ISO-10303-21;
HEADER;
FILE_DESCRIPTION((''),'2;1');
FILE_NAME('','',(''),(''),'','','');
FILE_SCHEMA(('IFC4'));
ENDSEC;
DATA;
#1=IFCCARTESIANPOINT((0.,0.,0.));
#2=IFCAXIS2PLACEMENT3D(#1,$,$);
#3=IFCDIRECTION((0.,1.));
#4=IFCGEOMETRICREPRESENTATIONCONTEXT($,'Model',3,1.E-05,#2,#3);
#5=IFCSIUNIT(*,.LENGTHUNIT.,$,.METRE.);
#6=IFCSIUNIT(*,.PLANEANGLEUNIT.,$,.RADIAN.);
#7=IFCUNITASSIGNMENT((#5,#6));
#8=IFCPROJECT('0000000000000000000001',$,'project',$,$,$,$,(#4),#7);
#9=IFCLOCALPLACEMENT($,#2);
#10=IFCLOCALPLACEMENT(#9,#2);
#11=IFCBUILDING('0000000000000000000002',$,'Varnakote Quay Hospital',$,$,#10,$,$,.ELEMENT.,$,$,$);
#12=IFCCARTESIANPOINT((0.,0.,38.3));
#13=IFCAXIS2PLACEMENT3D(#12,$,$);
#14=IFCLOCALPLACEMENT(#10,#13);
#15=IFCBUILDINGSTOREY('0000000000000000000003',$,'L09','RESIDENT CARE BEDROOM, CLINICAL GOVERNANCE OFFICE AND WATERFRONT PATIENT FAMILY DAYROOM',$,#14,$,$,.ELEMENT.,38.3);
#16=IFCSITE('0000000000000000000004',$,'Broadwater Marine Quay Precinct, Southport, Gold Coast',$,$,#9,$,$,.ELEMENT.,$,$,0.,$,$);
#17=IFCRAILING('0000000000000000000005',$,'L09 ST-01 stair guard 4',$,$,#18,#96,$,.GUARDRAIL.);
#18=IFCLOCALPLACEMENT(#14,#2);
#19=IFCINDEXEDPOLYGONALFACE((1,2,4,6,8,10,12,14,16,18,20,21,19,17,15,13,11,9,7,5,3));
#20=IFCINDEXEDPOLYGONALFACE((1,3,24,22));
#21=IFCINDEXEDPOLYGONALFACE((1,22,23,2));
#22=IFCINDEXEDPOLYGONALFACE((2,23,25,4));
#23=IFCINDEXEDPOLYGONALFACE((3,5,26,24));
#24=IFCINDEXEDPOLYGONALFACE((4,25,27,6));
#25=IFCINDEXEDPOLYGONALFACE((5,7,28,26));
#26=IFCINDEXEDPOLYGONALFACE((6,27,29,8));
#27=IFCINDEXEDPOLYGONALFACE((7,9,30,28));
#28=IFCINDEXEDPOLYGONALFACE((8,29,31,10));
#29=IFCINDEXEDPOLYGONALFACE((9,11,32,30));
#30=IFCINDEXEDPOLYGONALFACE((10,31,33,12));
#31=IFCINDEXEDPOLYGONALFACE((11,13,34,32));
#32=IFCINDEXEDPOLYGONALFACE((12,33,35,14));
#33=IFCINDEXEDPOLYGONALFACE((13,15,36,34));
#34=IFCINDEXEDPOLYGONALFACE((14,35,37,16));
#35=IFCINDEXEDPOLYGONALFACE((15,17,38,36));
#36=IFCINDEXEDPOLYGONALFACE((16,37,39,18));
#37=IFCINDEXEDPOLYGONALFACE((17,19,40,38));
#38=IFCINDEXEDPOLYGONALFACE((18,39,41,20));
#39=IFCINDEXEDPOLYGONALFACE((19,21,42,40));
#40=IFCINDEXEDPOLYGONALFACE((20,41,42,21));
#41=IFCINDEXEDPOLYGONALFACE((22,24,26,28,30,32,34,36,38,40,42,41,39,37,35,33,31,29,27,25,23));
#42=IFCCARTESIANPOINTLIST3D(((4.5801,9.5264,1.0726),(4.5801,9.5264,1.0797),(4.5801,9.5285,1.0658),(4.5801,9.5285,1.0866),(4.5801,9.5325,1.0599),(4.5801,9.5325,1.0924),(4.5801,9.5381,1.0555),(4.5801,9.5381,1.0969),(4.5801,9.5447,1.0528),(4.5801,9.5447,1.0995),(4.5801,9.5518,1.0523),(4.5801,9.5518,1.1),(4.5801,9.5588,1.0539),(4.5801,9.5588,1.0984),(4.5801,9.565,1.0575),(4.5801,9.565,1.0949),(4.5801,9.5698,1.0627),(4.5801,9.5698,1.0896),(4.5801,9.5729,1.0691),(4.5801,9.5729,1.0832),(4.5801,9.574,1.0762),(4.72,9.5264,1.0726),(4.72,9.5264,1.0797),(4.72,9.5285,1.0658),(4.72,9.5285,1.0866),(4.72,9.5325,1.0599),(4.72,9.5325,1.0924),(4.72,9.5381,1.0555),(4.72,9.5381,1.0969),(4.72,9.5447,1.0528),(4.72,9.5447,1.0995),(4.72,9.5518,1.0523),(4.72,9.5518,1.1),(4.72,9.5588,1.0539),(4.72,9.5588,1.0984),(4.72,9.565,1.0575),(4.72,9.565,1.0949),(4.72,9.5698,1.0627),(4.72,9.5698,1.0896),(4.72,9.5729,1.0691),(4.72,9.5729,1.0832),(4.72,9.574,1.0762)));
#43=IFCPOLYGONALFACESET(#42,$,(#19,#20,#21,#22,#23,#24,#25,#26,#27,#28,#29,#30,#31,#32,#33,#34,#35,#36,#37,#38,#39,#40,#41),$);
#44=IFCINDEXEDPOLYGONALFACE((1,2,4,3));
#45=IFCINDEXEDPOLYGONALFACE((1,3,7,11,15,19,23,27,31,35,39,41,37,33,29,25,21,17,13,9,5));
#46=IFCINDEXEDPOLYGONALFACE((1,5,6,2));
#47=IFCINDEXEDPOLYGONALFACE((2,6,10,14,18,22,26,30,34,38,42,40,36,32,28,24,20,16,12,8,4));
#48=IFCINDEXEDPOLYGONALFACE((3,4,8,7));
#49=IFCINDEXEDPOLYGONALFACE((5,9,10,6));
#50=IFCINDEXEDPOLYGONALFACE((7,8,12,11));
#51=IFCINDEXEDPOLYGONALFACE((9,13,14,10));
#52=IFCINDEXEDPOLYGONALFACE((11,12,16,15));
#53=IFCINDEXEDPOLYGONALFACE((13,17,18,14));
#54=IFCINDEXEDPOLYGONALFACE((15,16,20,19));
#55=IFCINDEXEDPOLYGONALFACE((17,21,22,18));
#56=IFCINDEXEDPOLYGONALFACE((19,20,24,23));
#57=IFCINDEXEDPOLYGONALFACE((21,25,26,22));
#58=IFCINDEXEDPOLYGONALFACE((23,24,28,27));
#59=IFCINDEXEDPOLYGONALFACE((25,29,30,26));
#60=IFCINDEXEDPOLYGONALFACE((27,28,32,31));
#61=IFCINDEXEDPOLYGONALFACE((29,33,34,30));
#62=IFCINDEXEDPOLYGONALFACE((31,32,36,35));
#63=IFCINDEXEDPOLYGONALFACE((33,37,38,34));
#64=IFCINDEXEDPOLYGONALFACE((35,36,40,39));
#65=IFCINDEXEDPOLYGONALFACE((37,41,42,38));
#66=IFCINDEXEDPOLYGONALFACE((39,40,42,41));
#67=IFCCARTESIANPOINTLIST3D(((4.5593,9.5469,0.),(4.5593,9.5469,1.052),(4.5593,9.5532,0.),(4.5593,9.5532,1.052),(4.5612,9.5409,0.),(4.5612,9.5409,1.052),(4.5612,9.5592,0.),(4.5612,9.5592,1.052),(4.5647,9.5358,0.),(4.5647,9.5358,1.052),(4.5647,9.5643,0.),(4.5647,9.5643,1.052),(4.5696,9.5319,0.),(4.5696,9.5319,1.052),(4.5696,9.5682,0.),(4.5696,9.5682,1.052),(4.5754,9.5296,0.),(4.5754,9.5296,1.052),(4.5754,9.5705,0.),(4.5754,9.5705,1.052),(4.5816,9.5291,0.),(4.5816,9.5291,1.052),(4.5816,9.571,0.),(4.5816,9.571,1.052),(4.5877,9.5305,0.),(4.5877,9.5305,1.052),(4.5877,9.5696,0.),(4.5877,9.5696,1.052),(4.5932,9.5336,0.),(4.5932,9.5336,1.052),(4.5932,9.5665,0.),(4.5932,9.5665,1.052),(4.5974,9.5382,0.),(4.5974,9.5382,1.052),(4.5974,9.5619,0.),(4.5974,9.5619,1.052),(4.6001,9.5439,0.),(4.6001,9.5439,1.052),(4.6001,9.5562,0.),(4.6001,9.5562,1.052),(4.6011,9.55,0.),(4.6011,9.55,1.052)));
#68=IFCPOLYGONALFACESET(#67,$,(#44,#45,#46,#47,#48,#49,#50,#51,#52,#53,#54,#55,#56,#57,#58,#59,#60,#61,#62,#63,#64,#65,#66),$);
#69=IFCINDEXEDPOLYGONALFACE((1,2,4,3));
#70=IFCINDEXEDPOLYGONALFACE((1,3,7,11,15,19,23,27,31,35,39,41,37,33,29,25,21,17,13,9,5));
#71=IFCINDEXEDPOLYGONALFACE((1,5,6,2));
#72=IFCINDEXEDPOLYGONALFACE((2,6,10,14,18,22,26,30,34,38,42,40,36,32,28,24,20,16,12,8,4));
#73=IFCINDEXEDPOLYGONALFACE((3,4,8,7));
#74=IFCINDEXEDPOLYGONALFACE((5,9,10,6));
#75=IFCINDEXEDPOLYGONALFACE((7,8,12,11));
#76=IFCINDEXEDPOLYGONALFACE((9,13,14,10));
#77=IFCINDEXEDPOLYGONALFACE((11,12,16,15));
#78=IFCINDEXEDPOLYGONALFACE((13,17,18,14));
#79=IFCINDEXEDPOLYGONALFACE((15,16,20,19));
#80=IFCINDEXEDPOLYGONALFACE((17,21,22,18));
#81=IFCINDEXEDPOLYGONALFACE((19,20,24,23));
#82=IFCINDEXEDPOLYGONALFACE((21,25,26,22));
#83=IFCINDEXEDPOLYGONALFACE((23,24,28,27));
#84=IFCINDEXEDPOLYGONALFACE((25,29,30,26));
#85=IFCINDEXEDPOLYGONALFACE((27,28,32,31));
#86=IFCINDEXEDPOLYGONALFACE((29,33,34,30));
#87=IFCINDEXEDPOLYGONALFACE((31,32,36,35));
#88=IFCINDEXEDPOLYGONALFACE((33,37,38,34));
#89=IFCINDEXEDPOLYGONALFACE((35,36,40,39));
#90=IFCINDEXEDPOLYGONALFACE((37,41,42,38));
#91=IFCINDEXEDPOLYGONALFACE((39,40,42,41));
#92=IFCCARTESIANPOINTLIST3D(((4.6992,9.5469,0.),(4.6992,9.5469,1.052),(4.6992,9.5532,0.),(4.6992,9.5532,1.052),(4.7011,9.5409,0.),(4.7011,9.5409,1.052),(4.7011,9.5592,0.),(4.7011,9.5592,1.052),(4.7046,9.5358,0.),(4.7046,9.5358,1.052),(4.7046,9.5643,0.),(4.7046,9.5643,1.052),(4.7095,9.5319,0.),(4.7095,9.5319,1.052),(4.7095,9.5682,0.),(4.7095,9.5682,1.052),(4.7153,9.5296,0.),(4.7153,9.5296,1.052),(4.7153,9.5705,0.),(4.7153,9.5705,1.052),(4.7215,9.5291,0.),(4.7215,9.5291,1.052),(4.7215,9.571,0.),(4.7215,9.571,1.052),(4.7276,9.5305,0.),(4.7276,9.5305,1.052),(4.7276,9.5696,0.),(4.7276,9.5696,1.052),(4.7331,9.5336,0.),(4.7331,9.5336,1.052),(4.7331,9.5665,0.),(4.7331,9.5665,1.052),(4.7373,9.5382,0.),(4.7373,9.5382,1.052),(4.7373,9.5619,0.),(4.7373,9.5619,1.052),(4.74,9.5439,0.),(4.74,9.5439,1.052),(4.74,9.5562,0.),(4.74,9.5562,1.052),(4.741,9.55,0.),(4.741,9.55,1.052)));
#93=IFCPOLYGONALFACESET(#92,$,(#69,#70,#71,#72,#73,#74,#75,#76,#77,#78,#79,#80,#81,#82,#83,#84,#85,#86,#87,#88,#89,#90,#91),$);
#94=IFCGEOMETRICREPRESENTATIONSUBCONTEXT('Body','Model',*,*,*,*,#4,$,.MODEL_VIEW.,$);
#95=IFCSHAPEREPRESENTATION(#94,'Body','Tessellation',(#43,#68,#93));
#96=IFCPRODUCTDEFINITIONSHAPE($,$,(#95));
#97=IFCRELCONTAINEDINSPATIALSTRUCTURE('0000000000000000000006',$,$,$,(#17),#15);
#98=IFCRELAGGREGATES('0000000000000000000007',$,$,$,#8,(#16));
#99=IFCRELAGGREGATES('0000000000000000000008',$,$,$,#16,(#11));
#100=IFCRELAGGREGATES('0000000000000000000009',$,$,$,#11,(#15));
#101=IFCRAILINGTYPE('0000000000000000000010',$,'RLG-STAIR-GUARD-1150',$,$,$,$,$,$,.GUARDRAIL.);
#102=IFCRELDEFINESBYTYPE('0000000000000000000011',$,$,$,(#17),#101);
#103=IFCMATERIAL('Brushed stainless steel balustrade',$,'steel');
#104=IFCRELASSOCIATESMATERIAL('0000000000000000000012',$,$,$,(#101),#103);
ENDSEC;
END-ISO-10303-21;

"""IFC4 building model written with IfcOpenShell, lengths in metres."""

from ifc_helpers import new_model, si_unit, direction, frame, origin, origin_2d, place, context, subcontext, project, spatial, circle, extrude, material, type_object, element, save


model = new_model("IFC4")

# Units and contexts
model_context = context("Model", 3, precision=1e-05, world=origin(), true_north=direction((0.0, 1.0)))
body_context = subcontext(model_context, "Body", "Model", "MODEL_VIEW")
ifc_project = project(units=[si_unit("LENGTHUNIT", "METRE"), si_unit("PLANEANGLEUNIT", "RADIAN")], contexts=[model_context])

# Site, building, storey
site_placement = place(None, origin())
site = spatial("IfcSite", under=ifc_project, at=site_placement, Name="Broadwater Marine Quay Precinct, Southport, Gold Coast", CompositionType="ELEMENT", RefElevation=0.0)
building_placement = place(site_placement, origin())
building = spatial("IfcBuilding", under=site, at=building_placement, Name="Varnakote Quay Hospital", CompositionType="ELEMENT")
storey_placement = place(building_placement, frame((0.0, 0.0, 38.3)))
storey = spatial("IfcBuildingStorey", under=building, at=storey_placement, Name="L09", Description="RESIDENT CARE BEDROOM, CLINICAL GOVERNANCE OFFICE AND WATERFRONT PATIENT FAMILY DAYROOM", CompositionType="ELEMENT", Elevation=38.3)

# Railing
ifc_material_1 = material(Name="Brushed stainless steel balustrade", Category="steel")
railing_type_1 = type_object("IfcRailingType", Name="RLG-STAIR-GUARD-1150", PredefinedType="GUARDRAIL", material=ifc_material_1)
railing_1_placement = place(storey_placement, frame((4.5801, 9.55, 0.0)))
element("IfcRailing", 1, at=railing_1_placement, inside=storey, type_object=railing_type_1, Name="L09 ST-01 stair guard 4", PredefinedType="GUARDRAIL", context=body_context, shape_type="SweptSolid", body=[
    extrude(circle(Radius=0.0239, at=origin_2d()), frame((0.0, 0.0, 1.0762), z_axis=(1.0, 0.0, 0.0), x_axis=(0.0, 1.0, 0.0)), (0.0, 0.0, 1.0), 0.1399),
    extrude(circle(Radius=0.021, at=origin_2d()), origin(), (0.0, 0.0, 1.0), 1.052),
    extrude(circle(Radius=0.021, at=origin_2d()), frame((0.1399, 0.0, 0.0)), (0.0, 0.0, 1.0), 1.052),
])

save(model, "model.ifc")
